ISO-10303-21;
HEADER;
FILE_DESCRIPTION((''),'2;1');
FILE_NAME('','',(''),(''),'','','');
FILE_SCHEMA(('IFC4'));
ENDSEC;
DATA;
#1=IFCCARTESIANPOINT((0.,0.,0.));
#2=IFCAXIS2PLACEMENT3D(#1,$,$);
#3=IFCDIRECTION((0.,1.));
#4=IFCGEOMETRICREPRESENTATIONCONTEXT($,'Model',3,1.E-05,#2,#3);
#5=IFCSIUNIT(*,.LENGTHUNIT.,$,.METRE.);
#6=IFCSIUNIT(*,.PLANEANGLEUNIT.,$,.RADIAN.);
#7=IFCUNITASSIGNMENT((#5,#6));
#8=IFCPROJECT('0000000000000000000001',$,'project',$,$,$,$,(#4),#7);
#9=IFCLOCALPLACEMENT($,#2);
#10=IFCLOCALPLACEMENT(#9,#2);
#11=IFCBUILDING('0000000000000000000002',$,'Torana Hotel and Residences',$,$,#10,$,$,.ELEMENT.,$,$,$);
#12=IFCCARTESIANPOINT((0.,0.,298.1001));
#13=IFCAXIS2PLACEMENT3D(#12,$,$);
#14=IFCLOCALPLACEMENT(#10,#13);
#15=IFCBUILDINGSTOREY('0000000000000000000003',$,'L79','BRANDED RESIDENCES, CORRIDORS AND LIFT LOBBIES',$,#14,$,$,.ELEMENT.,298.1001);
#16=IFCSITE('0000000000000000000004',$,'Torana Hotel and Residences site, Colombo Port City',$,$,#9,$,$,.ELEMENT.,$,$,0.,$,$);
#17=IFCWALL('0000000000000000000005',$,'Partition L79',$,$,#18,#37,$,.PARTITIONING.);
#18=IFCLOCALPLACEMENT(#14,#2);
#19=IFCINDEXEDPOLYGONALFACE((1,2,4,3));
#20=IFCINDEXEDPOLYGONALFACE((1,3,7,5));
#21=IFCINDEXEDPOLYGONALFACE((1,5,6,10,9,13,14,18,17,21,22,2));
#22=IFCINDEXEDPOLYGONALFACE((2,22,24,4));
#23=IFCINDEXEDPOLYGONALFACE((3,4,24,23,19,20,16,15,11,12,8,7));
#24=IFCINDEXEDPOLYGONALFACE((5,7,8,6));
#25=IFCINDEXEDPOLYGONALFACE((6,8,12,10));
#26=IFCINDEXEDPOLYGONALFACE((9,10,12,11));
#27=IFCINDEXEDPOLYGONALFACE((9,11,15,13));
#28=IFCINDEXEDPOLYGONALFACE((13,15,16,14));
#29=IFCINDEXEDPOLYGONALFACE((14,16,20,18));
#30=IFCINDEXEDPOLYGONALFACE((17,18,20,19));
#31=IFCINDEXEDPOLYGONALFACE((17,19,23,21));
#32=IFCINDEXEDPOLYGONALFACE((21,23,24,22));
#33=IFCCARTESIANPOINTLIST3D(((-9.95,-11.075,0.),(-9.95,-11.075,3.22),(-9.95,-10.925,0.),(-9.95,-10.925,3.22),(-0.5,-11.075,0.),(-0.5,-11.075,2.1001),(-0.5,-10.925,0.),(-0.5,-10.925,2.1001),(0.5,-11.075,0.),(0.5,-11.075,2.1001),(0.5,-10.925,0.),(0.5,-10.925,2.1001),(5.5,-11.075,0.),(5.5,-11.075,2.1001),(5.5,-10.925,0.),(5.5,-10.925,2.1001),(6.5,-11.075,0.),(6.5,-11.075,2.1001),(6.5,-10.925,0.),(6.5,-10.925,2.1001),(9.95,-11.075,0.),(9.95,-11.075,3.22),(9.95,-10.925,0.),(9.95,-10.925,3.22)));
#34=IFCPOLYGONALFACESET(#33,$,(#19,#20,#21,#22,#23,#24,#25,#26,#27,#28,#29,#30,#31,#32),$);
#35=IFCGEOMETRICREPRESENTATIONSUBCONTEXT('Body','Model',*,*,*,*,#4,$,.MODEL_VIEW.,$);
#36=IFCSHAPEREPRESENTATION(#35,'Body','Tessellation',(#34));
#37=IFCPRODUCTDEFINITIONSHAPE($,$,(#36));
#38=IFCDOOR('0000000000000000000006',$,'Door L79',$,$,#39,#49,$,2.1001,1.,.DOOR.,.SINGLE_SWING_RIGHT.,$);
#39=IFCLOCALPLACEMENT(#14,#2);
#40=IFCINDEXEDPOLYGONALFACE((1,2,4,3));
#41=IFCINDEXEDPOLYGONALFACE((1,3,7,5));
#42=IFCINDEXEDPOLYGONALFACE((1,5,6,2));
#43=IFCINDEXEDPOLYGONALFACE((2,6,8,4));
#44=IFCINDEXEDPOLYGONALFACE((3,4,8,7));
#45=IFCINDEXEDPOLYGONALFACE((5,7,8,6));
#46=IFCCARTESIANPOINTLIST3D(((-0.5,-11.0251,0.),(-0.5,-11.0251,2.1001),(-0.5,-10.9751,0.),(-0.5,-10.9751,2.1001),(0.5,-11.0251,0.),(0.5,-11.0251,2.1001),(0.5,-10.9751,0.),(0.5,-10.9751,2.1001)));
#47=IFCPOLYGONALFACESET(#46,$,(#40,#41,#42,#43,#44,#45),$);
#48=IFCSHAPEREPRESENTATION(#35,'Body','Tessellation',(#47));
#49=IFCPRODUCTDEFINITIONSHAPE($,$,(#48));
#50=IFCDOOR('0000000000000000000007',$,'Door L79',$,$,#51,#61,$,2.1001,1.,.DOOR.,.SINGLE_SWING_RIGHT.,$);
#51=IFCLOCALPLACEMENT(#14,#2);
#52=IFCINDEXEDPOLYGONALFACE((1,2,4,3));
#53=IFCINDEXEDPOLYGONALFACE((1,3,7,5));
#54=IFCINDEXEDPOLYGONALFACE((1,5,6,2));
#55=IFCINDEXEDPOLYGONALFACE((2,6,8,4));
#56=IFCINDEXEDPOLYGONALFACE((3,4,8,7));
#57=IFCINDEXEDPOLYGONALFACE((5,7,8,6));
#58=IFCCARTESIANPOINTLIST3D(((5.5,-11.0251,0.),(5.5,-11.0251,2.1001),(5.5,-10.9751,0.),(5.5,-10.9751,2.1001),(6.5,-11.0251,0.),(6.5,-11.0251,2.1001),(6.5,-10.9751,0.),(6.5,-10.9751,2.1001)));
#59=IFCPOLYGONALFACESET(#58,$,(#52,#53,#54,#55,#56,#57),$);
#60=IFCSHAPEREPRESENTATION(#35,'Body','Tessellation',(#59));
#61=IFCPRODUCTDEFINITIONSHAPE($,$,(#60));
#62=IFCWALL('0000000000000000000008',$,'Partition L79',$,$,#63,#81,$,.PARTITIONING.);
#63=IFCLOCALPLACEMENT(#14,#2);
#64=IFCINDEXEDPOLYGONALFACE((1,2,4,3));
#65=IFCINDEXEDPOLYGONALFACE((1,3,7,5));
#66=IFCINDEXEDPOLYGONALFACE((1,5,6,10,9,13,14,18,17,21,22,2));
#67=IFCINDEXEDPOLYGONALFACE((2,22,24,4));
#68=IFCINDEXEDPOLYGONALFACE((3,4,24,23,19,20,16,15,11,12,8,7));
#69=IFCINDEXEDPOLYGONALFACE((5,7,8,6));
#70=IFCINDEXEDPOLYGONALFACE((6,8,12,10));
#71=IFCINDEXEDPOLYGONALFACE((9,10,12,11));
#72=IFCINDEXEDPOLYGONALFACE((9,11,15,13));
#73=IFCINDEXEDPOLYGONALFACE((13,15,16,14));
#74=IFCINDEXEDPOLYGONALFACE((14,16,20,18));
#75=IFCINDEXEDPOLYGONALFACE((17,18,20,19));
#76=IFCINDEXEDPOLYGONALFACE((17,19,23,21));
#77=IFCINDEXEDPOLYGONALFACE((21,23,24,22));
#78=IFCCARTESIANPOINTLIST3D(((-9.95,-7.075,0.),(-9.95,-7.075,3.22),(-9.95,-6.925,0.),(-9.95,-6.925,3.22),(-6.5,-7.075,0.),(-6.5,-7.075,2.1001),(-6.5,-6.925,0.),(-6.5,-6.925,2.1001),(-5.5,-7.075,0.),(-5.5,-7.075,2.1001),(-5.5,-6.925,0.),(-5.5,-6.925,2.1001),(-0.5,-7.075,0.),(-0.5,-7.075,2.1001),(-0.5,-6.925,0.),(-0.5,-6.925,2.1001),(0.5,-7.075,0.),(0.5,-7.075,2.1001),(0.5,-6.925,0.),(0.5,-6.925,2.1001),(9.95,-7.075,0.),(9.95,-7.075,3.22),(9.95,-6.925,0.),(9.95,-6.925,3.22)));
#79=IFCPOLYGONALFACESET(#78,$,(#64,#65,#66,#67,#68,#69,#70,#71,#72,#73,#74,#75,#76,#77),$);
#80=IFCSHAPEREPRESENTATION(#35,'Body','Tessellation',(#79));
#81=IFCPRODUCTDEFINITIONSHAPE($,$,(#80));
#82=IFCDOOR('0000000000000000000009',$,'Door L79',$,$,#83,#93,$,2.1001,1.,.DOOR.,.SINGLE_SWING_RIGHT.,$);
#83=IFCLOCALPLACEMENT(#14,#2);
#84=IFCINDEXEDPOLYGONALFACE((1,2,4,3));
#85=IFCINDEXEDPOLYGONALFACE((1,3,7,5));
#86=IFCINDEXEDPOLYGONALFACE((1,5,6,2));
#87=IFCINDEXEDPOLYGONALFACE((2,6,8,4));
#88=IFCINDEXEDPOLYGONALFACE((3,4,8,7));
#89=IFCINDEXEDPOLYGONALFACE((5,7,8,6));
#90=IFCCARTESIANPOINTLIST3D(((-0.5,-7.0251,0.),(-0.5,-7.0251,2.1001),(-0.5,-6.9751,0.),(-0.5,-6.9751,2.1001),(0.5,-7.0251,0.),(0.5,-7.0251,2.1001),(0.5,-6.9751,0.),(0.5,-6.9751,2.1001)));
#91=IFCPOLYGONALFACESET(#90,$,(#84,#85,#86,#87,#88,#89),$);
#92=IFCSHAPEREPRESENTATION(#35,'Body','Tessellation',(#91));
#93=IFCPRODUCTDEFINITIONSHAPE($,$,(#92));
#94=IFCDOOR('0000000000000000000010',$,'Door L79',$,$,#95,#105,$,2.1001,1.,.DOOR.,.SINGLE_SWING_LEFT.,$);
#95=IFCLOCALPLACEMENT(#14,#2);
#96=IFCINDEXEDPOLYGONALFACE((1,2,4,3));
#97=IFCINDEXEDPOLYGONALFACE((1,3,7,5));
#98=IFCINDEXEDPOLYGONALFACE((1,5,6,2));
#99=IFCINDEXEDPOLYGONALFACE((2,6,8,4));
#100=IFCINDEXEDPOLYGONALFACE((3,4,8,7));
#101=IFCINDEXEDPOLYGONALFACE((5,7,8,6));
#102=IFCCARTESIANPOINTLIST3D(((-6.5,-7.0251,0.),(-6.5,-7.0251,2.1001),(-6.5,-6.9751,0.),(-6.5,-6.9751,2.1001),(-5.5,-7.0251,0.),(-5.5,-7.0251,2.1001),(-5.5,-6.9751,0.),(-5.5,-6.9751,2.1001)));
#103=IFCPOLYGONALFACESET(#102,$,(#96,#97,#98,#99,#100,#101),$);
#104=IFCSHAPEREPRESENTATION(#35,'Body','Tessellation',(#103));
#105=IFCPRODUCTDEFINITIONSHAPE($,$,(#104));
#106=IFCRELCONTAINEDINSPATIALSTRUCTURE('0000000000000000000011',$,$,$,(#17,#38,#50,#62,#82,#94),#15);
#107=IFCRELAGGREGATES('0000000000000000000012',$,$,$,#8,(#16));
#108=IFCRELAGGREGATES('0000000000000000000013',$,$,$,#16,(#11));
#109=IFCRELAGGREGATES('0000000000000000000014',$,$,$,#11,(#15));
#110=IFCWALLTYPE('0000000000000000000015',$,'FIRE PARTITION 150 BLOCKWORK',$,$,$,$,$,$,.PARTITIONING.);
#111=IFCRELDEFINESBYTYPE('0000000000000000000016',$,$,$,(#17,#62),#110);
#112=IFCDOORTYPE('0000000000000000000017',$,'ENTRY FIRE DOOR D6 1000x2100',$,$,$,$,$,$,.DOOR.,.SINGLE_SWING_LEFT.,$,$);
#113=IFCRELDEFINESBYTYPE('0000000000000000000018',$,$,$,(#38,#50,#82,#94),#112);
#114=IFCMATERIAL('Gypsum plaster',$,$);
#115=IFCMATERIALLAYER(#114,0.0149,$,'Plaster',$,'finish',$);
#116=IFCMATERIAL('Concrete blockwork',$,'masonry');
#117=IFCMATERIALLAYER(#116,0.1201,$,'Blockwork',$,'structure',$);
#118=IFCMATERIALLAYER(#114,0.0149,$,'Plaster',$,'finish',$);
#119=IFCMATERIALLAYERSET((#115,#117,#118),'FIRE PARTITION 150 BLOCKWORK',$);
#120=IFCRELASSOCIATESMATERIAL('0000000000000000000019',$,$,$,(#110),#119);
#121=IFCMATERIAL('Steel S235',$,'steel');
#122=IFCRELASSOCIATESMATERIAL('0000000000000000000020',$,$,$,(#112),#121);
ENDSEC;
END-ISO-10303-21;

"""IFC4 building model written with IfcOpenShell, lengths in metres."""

from ifc_helpers import new_model, si_unit, direction, frame, frame_2d, origin, place, context, subcontext, project, spatial, rectangle, extrude, material, layer, layer_set, type_object, element, fill, save


model = new_model("IFC4")

# Units and contexts
model_context = context("Model", 3, precision=1e-05, world=origin(), true_north=direction((0.0, 1.0)))
body_context = subcontext(model_context, "Body", "Model", "MODEL_VIEW")
ifc_project = project(units=[si_unit("LENGTHUNIT", "METRE"), si_unit("PLANEANGLEUNIT", "RADIAN")], contexts=[model_context])

# Site, building, storey
site_placement = place(None, origin())
site = spatial("IfcSite", under=ifc_project, at=site_placement, Name="Torana Hotel and Residences site, Colombo Port City", CompositionType="ELEMENT", RefElevation=0.0)
building_placement = place(site_placement, origin())
building = spatial("IfcBuilding", under=site, at=building_placement, Name="Torana Hotel and Residences", CompositionType="ELEMENT")
storey_placement = place(building_placement, frame((0.0, 0.0, 298.1001)))
storey = spatial("IfcBuildingStorey", under=building, at=storey_placement, Name="L79", Description="BRANDED RESIDENCES, CORRIDORS AND LIFT LOBBIES", CompositionType="ELEMENT", Elevation=298.1001)

# Shared definitions
ifc_material_1 = material(Name="Gypsum plaster")
ifc_layer_1 = layer(ifc_material_1, 0.0149, Name="Plaster", Category="finish")
ifc_material_2 = material(Name="Concrete blockwork", Category="masonry")
ifc_layer_2 = layer(ifc_material_2, 0.1201, Name="Blockwork", Category="structure")
ifc_layer_3 = layer(ifc_material_1, 0.0149, Name="Plaster", Category="finish")
ifc_layer_set_1 = layer_set([ifc_layer_1, ifc_layer_2, ifc_layer_3], Name="FIRE PARTITION 150 BLOCKWORK")
wall_type_1 = type_object("IfcWallType", Name="FIRE PARTITION 150 BLOCKWORK", PredefinedType="PARTITIONING", material=ifc_layer_set_1)

# Walls, openings, doors
wall_1_placement = place(storey_placement, frame((-9.95, -11.0, 0.0), z_axis=(0.0, 0.0, 1.0), x_axis=(1.0, 0.0, 0.0)))
wall_1 = element("IfcWall", 1, at=wall_1_placement, inside=storey, type_object=wall_type_1, Name="Partition L79", PredefinedType="PARTITIONING", context=body_context, shape_type="SweptSolid", body=[
    extrude(rectangle(XDim=19.8999, YDim=0.1499, at=frame_2d((9.95, 0.0))), origin(), (0.0, 0.0, 1.0), 3.22),
])
opening_1_placement = place(wall_1_placement, frame((9.45, 0.0, 0.0)))
opening_1 = element("IfcOpeningElement", 2, at=opening_1_placement, cuts=wall_1, PredefinedType="OPENING", context=body_context, shape_type="SweptSolid", body=[
    extrude(rectangle(XDim=1.0, YDim=2.1001, at=frame_2d((0.5, 1.05))), frame((0.0, 0.085, 0.0), z_axis=(0.0, -1.0, 0.0), x_axis=(1.0, 0.0, 0.0)), (0.0, 0.0, 1.0), 0.1699),
])
opening_2_placement = place(wall_1_placement, frame((15.45, 0.0, 0.0)))
opening_2 = element("IfcOpeningElement", 3, at=opening_2_placement, cuts=wall_1, PredefinedType="OPENING", context=body_context, shape_type="SweptSolid", body=[
    extrude(rectangle(XDim=1.0, YDim=2.1001, at=frame_2d((0.5, 1.05))), frame((0.0, 0.085, 0.0), z_axis=(0.0, -1.0, 0.0), x_axis=(1.0, 0.0, 0.0)), (0.0, 0.0, 1.0), 0.1699),
])
ifc_material_3 = material(Name="Steel S235", Category="steel")
door_type_1 = type_object("IfcDoorType", Name="ENTRY FIRE DOOR D6 1000x2100", OperationType="SINGLE_SWING_LEFT", PredefinedType="DOOR", material=ifc_material_3)
door_1_placement = place(opening_1_placement, origin())
door_1 = element("IfcDoor", 4, at=door_1_placement, inside=storey, type_object=door_type_1, Name="Door L79", OperationType="SINGLE_SWING_RIGHT", OverallHeight=2.1001, OverallWidth=1.0, PredefinedType="DOOR", context=body_context, shape_type="SweptSolid", body=[
    extrude(rectangle(XDim=1.0, YDim=2.1001, at=frame_2d((0.5, 1.05))), frame((0.0, 0.0249, 0.0), z_axis=(0.0, -1.0, 0.0), x_axis=(1.0, 0.0, 0.0)), (0.0, 0.0, 1.0), 0.05),
])
fill(opening_1, door_1)
door_2_placement = place(opening_2_placement, origin())
door_2 = element("IfcDoor", 5, at=door_2_placement, inside=storey, type_object=door_type_1, Name="Door L79", OperationType="SINGLE_SWING_RIGHT", OverallHeight=2.1001, OverallWidth=1.0, PredefinedType="DOOR", context=body_context, shape_type="SweptSolid", body=[
    extrude(rectangle(XDim=1.0, YDim=2.1001, at=frame_2d((0.5, 1.05))), frame((0.0, 0.0249, 0.0), z_axis=(0.0, -1.0, 0.0), x_axis=(1.0, 0.0, 0.0)), (0.0, 0.0, 1.0), 0.05),
])
fill(opening_2, door_2)
wall_2_placement = place(storey_placement, frame((-9.95, -7.0, 0.0), z_axis=(0.0, 0.0, 1.0), x_axis=(1.0, 0.0, 0.0)))
wall_2 = element("IfcWall", 6, at=wall_2_placement, inside=storey, type_object=wall_type_1, Name="Partition L79", PredefinedType="PARTITIONING", context=body_context, shape_type="SweptSolid", body=[
    extrude(rectangle(XDim=19.8999, YDim=0.1499, at=frame_2d((9.95, 0.0))), origin(), (0.0, 0.0, 1.0), 3.22),
])
opening_3_placement = place(wall_2_placement, frame((9.45, 0.0, 0.0)))
opening_3 = element("IfcOpeningElement", 7, at=opening_3_placement, cuts=wall_2, PredefinedType="OPENING", context=body_context, shape_type="SweptSolid", body=[
    extrude(rectangle(XDim=1.0, YDim=2.1001, at=frame_2d((0.5, 1.05))), frame((0.0, 0.085, 0.0), z_axis=(0.0, -1.0, 0.0), x_axis=(1.0, 0.0, 0.0)), (0.0, 0.0, 1.0), 0.1699),
])
opening_4_placement = place(wall_2_placement, frame((3.45, 0.0, 0.0)))
opening_4 = element("IfcOpeningElement", 8, at=opening_4_placement, cuts=wall_2, PredefinedType="OPENING", context=body_context, shape_type="SweptSolid", body=[
    extrude(rectangle(XDim=1.0, YDim=2.1001, at=frame_2d((0.5, 1.05))), frame((0.0, 0.085, 0.0), z_axis=(0.0, -1.0, 0.0), x_axis=(1.0, 0.0, 0.0)), (0.0, 0.0, 1.0), 0.1699),
])
door_3_placement = place(opening_3_placement, origin())
door_3 = element("IfcDoor", 9, at=door_3_placement, inside=storey, type_object=door_type_1, Name="Door L79", OperationType="SINGLE_SWING_RIGHT", OverallHeight=2.1001, OverallWidth=1.0, PredefinedType="DOOR", context=body_context, shape_type="SweptSolid", body=[
    extrude(rectangle(XDim=1.0, YDim=2.1001, at=frame_2d((0.5, 1.05))), frame((0.0, 0.0249, 0.0), z_axis=(0.0, -1.0, 0.0), x_axis=(1.0, 0.0, 0.0)), (0.0, 0.0, 1.0), 0.05),
])
fill(opening_3, door_3)
door_4_placement = place(opening_4_placement, frame((0.5, 0.0, 0.0), z_axis=(0.0, 0.0, 1.0), x_axis=(-1.0, 0.0, 0.0)))
door_4 = element("IfcDoor", 10, at=door_4_placement, inside=storey, type_object=door_type_1, Name="Door L79", OperationType="SINGLE_SWING_LEFT", OverallHeight=2.1001, OverallWidth=1.0, PredefinedType="DOOR", context=body_context, shape_type="SweptSolid", body=[
    extrude(rectangle(XDim=1.0, YDim=2.1001, at=frame_2d((0.0, 1.05))), frame((0.0, -0.0249, 0.0), z_axis=(0.0, 1.0, 0.0), x_axis=(-1.0, 0.0, 0.0)), (0.0, 0.0, 1.0), 0.05),
])
fill(opening_4, door_4)

save(model, "model.ifc")
